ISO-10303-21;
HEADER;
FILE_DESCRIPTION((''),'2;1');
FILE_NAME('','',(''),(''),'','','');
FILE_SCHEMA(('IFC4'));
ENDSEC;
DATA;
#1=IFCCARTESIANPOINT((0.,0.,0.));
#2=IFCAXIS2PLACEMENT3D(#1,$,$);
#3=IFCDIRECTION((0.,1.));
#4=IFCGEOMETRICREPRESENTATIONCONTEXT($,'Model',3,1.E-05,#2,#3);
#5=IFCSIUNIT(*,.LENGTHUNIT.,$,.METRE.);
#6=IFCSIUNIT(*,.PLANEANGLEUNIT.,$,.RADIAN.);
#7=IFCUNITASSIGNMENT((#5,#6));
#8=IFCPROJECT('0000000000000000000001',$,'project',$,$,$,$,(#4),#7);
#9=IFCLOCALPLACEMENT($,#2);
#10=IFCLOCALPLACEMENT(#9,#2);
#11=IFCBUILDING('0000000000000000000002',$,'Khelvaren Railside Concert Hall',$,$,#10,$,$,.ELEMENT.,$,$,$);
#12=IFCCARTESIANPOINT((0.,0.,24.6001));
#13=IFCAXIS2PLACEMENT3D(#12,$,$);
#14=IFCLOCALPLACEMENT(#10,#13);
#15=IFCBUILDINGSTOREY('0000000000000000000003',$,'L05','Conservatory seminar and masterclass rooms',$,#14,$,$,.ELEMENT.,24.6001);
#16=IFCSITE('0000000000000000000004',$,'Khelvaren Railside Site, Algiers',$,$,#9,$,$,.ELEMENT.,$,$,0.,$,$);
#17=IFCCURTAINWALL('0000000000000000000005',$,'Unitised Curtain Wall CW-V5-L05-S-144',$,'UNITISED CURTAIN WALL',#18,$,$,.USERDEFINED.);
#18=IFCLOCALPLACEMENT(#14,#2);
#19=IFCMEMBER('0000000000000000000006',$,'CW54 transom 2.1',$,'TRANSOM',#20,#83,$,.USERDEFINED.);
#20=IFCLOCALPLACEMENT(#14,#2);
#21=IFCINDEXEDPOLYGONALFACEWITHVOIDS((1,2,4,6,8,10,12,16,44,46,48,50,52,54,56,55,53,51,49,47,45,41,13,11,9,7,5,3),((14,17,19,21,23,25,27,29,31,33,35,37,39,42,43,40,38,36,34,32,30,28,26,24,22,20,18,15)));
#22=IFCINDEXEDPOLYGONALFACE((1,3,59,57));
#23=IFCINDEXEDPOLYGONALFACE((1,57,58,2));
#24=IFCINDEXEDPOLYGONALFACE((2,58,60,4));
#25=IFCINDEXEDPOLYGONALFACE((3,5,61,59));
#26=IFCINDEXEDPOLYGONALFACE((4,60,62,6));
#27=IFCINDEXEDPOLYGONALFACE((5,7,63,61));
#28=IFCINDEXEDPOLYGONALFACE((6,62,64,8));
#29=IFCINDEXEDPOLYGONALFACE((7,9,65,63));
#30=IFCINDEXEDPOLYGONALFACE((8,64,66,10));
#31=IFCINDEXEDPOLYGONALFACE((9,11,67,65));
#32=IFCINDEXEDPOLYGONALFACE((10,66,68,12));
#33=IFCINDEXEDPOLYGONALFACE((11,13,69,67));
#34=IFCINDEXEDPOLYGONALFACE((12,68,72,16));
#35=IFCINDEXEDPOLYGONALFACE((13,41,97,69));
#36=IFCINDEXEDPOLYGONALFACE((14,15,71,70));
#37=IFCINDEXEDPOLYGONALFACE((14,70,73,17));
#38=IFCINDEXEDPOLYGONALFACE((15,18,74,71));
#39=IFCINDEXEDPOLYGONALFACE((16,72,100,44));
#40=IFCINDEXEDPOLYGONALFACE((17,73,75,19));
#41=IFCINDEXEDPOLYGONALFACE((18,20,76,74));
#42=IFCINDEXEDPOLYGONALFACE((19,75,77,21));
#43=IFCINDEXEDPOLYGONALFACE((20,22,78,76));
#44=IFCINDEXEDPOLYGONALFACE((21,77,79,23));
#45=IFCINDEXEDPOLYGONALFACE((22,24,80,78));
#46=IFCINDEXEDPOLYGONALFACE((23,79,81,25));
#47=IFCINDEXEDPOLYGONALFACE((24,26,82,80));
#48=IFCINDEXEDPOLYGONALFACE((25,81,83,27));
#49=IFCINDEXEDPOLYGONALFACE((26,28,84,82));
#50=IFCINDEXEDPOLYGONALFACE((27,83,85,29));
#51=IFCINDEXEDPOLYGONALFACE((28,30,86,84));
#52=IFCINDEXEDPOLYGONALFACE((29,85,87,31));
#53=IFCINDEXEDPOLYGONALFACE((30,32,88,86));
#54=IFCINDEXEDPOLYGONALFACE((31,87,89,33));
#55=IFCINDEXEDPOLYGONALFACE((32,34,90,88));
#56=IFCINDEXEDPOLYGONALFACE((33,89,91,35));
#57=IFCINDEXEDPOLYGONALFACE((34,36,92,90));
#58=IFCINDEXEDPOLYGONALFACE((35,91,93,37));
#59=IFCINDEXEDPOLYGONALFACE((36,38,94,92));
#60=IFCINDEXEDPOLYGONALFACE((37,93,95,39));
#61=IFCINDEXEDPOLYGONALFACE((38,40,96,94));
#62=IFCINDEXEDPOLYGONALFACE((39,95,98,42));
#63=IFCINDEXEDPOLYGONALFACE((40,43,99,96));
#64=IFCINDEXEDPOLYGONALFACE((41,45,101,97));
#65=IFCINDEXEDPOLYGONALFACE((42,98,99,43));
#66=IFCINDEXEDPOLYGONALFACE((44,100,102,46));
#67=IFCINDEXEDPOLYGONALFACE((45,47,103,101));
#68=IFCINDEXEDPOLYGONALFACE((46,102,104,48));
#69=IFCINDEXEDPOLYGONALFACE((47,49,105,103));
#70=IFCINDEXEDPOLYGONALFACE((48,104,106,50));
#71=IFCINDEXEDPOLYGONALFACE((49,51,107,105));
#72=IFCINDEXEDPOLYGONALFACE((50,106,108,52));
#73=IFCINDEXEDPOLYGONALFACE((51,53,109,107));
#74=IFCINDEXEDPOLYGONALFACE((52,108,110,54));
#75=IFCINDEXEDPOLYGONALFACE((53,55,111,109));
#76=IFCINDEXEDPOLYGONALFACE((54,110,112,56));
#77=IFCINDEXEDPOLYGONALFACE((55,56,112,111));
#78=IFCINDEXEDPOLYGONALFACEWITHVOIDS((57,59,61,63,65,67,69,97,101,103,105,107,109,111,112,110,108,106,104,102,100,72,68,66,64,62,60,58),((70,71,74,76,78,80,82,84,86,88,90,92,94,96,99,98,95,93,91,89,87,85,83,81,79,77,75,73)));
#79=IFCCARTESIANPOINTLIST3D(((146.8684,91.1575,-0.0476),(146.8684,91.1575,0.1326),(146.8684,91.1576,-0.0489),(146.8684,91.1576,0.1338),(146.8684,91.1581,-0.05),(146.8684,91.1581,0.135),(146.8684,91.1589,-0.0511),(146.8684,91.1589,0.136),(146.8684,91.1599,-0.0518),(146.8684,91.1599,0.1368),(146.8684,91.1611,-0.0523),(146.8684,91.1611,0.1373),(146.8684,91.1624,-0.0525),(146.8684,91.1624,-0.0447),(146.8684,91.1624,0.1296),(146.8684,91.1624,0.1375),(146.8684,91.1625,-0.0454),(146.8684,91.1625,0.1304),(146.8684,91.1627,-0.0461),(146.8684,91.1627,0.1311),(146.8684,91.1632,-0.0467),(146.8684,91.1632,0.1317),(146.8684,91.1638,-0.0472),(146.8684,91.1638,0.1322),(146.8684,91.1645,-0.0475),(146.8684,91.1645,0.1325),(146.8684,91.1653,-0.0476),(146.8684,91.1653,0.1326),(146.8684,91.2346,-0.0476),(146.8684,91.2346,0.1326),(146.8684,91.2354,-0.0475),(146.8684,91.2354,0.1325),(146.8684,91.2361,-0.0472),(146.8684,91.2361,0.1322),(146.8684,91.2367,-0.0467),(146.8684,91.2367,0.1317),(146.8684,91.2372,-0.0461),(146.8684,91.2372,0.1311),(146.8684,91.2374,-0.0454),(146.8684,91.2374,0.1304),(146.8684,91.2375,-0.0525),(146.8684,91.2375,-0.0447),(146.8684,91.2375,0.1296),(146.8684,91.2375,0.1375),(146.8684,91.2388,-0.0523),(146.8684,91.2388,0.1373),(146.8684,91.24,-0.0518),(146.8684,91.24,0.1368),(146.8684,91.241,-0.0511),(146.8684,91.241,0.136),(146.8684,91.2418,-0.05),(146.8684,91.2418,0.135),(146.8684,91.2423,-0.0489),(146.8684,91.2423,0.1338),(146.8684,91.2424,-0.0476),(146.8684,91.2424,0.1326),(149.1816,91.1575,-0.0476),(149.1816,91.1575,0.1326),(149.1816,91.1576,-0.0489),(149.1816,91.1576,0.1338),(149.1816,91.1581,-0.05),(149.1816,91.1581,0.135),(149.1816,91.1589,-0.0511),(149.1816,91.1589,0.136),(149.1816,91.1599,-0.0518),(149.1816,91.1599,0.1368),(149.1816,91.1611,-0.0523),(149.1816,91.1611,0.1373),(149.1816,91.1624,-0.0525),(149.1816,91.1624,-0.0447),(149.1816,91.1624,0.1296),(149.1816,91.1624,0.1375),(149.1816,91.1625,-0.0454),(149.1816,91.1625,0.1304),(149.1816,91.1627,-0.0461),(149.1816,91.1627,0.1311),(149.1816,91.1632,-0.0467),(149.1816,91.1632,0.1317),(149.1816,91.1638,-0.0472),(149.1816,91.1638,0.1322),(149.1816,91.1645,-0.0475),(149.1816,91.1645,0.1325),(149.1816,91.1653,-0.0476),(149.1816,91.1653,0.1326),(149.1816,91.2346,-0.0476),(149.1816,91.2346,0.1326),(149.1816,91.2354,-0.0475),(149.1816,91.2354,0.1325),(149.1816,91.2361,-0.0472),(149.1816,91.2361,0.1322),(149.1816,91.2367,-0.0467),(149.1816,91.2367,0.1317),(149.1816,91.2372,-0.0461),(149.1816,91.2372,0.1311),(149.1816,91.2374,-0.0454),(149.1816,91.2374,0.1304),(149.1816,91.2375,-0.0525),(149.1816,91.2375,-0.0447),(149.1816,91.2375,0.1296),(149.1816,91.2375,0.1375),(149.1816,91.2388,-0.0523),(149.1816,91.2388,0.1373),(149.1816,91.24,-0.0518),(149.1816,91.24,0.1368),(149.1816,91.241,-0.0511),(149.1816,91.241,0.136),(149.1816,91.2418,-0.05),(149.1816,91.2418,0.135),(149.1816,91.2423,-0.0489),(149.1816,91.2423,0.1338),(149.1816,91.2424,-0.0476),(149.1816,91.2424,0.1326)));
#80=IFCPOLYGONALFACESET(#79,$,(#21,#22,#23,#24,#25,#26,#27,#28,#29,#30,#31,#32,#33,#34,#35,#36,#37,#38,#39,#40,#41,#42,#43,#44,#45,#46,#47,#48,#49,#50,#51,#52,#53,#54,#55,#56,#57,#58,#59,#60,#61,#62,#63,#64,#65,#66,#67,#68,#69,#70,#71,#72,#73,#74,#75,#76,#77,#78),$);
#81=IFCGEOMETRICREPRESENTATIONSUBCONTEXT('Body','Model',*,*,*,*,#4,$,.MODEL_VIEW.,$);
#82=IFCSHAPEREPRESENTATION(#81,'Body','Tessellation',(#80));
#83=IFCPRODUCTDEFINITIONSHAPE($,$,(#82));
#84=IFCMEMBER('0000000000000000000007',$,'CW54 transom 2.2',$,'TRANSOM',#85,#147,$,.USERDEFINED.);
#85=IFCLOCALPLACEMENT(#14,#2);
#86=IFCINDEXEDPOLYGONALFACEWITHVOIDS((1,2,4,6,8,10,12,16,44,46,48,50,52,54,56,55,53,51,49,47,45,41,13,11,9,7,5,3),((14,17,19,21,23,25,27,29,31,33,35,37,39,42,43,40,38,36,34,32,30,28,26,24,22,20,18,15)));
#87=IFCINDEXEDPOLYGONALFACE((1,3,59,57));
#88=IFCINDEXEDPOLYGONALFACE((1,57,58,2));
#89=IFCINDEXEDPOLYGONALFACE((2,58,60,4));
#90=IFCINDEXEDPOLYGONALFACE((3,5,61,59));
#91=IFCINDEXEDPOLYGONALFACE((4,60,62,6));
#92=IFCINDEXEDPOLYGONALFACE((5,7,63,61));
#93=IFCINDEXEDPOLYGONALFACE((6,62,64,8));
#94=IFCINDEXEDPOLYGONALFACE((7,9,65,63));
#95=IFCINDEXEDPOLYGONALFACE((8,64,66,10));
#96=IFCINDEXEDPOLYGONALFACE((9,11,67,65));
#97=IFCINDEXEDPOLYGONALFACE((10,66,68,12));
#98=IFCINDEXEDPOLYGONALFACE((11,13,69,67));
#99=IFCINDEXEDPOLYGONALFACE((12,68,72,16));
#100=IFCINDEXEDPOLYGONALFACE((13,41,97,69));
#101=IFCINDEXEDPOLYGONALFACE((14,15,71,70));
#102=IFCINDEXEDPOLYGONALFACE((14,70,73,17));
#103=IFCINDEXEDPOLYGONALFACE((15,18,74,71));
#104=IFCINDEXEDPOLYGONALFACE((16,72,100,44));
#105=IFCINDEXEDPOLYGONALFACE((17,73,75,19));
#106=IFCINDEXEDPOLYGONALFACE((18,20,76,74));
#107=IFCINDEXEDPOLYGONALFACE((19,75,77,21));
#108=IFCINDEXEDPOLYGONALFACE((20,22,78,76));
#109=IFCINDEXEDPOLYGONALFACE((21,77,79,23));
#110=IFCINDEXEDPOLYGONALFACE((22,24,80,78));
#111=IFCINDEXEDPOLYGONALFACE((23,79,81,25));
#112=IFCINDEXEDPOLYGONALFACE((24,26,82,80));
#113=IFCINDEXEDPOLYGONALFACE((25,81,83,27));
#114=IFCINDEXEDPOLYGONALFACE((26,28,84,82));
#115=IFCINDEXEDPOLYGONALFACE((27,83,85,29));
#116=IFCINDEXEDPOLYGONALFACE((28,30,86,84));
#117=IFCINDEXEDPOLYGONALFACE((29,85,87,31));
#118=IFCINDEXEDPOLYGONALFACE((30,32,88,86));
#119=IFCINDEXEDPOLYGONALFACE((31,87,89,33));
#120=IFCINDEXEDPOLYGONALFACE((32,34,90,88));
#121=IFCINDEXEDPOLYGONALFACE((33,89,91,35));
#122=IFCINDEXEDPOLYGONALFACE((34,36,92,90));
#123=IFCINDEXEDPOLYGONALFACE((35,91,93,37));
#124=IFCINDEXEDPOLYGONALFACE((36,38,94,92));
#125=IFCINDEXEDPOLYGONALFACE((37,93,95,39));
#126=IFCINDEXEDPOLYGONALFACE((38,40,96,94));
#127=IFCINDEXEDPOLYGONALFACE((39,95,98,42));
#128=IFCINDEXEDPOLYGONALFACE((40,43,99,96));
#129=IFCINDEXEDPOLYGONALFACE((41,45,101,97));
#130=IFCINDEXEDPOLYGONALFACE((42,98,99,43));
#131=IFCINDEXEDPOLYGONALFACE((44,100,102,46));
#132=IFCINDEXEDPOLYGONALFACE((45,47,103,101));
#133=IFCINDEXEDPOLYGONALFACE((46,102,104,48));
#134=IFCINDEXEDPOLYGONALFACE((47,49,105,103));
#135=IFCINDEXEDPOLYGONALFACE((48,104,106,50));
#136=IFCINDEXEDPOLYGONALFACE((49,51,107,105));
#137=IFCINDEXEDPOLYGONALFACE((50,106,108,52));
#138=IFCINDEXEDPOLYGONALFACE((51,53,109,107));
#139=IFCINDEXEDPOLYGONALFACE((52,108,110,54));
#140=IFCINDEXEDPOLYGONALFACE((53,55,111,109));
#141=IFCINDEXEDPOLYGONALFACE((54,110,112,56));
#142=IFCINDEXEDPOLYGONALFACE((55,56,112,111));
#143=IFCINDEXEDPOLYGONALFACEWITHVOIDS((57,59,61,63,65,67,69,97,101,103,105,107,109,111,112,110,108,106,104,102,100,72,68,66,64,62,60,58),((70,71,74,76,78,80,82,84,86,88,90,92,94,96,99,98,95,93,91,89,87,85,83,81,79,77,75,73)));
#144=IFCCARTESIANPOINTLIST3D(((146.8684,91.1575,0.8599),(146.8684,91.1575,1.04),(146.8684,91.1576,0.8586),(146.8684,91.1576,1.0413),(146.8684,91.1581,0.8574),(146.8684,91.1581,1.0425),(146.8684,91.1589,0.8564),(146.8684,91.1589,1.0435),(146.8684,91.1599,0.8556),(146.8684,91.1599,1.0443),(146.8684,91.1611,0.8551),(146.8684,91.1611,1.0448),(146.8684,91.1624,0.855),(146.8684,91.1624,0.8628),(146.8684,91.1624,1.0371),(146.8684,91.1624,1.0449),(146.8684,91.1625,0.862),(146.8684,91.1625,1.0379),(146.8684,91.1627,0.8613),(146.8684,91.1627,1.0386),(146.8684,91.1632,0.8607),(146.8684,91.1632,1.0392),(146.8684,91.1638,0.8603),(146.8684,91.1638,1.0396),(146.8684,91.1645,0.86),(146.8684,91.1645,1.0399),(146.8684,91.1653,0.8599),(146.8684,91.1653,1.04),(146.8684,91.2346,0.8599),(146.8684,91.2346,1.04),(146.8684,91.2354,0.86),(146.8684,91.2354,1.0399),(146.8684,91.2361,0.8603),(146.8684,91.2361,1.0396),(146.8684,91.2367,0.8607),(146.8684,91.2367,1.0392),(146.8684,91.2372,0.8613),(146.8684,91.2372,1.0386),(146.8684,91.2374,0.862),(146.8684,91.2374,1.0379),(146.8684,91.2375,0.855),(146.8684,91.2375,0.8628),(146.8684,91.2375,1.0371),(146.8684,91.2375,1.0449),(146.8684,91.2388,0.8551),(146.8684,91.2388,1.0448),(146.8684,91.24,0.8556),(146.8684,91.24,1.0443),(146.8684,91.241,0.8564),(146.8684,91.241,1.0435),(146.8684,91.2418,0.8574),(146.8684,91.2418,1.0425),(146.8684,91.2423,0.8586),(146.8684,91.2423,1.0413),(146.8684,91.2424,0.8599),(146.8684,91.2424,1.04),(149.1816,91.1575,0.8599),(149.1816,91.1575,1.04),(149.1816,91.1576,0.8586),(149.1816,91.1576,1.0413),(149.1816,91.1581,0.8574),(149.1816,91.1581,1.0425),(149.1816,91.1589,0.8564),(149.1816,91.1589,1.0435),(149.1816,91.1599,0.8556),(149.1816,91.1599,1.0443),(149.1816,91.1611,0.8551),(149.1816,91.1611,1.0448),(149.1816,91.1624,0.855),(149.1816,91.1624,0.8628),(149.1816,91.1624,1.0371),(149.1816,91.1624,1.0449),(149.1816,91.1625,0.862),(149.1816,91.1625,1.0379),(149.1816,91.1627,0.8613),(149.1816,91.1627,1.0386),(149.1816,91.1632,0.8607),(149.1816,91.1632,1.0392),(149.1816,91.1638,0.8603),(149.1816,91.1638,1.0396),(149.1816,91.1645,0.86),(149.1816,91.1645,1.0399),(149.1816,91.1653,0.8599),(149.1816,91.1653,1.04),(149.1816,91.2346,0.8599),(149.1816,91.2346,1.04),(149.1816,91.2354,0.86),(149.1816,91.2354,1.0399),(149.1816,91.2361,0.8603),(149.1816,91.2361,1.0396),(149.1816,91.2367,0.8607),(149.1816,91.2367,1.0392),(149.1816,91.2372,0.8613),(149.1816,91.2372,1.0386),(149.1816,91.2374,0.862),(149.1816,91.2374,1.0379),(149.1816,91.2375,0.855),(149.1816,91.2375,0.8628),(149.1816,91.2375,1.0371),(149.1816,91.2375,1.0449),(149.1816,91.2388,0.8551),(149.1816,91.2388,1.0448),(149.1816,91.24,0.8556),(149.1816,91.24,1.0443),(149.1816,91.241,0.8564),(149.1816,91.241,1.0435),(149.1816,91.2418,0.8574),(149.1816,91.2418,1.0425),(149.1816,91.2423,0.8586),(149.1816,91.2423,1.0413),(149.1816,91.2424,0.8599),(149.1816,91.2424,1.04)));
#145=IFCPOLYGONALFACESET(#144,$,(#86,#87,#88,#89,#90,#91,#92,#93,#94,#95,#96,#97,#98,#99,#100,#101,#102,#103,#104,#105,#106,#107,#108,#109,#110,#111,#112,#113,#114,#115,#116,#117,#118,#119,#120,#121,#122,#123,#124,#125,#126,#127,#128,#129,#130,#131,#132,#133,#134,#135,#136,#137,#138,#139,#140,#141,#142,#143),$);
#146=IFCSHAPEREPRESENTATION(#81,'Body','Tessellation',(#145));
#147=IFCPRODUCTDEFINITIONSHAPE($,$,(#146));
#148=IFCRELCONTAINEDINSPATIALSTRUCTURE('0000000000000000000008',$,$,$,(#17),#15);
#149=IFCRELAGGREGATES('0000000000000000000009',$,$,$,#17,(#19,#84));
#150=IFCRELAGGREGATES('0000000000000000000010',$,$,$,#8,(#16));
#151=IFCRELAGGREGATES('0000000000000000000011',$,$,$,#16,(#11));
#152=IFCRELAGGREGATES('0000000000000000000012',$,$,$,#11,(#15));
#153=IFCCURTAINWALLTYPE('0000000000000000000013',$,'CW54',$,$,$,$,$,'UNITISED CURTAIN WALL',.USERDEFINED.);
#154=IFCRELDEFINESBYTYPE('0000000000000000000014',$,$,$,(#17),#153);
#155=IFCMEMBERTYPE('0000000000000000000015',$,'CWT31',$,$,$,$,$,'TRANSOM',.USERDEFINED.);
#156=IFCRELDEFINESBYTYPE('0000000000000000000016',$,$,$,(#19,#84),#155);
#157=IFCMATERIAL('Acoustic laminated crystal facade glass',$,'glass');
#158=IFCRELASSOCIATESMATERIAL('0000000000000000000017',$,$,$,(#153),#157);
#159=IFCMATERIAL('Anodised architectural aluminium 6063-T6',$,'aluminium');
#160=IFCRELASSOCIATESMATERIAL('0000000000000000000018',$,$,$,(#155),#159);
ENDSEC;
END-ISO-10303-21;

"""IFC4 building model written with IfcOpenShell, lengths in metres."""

from ifc_helpers import new_model, si_unit, direction, frame, origin, origin_2d, place, context, subcontext, project, spatial, hollow_rectangle, extrude, material, material_profile, profile_set, type_object, element, aggregate, save


model = new_model("IFC4")

# Units and contexts
model_context = context("Model", 3, precision=1e-05, world=origin(), true_north=direction((0.0, 1.0)))
body_context = subcontext(model_context, "Body", "Model", "MODEL_VIEW")
ifc_project = project(units=[si_unit("LENGTHUNIT", "METRE"), si_unit("PLANEANGLEUNIT", "RADIAN")], contexts=[model_context])

# Site, building, storey
site_placement = place(None, origin())
site = spatial("IfcSite", under=ifc_project, at=site_placement, Name="Khelvaren Railside Site, Algiers", CompositionType="ELEMENT", RefElevation=0.0)
building_placement = place(site_placement, origin())
building = spatial("IfcBuilding", under=site, at=building_placement, Name="Khelvaren Railside Concert Hall", CompositionType="ELEMENT")
storey_placement = place(building_placement, frame((0.0, 0.0, 24.6001)))
storey = spatial("IfcBuildingStorey", under=building, at=storey_placement, Name="L05", Description="Conservatory seminar and masterclass rooms", CompositionType="ELEMENT", Elevation=24.6001)

# Curtain wall, members
ifc_material_1 = material(Name="Acoustic laminated crystal facade glass", Category="glass")
curtain_wall_type = type_object("IfcCurtainWallType", Name="CW54", ElementType="UNITISED CURTAIN WALL", PredefinedType="USERDEFINED", material=ifc_material_1)
curtain_wall_placement = place(storey_placement, origin())
curtain_wall = element("IfcCurtainWall", 1, at=curtain_wall_placement, inside=storey, type_object=curtain_wall_type, Name="Unitised Curtain Wall CW-V5-L05-S-144", ObjectType="UNITISED CURTAIN WALL", PredefinedType="USERDEFINED")
ifc_material_2 = material(Name="Anodised architectural aluminium 6063-T6", Category="aluminium")
ifc_material_profile_1 = material_profile(ifc_material_2, hollow_rectangle(XDim=0.085, YDim=0.1899, WallThickness=0.0049, InnerFilletRadius=0.0029, OuterFilletRadius=0.0049, at=origin_2d()), Name="CWT 85x190x5")
ifc_profile_set_1 = profile_set([ifc_material_profile_1], Name="Anodised architectural aluminium 6063-T6")
member_type_1 = type_object("IfcMemberType", Name="CWT31", ElementType="TRANSOM", PredefinedType="USERDEFINED", material=ifc_profile_set_1)
member_1_placement = place(storey_placement, frame((149.1816, 91.2, 0.0425), z_axis=(-1.0, 0.0, 0.0), x_axis=(0.0, -1.0, 0.0)))
member_1 = element("IfcMember", 2, at=member_1_placement, type_object=member_type_1, Name="CW54 transom 2.1", ObjectType="TRANSOM", PredefinedType="USERDEFINED", context=body_context, shape_type="SweptSolid", body=[
    extrude(hollow_rectangle(XDim=0.085, YDim=0.1899, WallThickness=0.0049, InnerFilletRadius=0.0029, OuterFilletRadius=0.0049, at=origin_2d()), origin(), (0.0, 0.0, 1.0), 2.3132),
])
member_2_placement = place(storey_placement, frame((149.1816, 91.2, 0.95), z_axis=(-1.0, 0.0, 0.0), x_axis=(0.0, -1.0, 0.0)))
member_2 = element("IfcMember", 3, at=member_2_placement, type_object=member_type_1, Name="CW54 transom 2.2", ObjectType="TRANSOM", PredefinedType="USERDEFINED", context=body_context, shape_type="SweptSolid", body=[
    extrude(hollow_rectangle(XDim=0.085, YDim=0.1899, WallThickness=0.0049, InnerFilletRadius=0.0029, OuterFilletRadius=0.0049, at=origin_2d()), origin(), (0.0, 0.0, 1.0), 2.3132),
])
aggregate(curtain_wall, [member_1, member_2])

save(model, "model.ifc")
